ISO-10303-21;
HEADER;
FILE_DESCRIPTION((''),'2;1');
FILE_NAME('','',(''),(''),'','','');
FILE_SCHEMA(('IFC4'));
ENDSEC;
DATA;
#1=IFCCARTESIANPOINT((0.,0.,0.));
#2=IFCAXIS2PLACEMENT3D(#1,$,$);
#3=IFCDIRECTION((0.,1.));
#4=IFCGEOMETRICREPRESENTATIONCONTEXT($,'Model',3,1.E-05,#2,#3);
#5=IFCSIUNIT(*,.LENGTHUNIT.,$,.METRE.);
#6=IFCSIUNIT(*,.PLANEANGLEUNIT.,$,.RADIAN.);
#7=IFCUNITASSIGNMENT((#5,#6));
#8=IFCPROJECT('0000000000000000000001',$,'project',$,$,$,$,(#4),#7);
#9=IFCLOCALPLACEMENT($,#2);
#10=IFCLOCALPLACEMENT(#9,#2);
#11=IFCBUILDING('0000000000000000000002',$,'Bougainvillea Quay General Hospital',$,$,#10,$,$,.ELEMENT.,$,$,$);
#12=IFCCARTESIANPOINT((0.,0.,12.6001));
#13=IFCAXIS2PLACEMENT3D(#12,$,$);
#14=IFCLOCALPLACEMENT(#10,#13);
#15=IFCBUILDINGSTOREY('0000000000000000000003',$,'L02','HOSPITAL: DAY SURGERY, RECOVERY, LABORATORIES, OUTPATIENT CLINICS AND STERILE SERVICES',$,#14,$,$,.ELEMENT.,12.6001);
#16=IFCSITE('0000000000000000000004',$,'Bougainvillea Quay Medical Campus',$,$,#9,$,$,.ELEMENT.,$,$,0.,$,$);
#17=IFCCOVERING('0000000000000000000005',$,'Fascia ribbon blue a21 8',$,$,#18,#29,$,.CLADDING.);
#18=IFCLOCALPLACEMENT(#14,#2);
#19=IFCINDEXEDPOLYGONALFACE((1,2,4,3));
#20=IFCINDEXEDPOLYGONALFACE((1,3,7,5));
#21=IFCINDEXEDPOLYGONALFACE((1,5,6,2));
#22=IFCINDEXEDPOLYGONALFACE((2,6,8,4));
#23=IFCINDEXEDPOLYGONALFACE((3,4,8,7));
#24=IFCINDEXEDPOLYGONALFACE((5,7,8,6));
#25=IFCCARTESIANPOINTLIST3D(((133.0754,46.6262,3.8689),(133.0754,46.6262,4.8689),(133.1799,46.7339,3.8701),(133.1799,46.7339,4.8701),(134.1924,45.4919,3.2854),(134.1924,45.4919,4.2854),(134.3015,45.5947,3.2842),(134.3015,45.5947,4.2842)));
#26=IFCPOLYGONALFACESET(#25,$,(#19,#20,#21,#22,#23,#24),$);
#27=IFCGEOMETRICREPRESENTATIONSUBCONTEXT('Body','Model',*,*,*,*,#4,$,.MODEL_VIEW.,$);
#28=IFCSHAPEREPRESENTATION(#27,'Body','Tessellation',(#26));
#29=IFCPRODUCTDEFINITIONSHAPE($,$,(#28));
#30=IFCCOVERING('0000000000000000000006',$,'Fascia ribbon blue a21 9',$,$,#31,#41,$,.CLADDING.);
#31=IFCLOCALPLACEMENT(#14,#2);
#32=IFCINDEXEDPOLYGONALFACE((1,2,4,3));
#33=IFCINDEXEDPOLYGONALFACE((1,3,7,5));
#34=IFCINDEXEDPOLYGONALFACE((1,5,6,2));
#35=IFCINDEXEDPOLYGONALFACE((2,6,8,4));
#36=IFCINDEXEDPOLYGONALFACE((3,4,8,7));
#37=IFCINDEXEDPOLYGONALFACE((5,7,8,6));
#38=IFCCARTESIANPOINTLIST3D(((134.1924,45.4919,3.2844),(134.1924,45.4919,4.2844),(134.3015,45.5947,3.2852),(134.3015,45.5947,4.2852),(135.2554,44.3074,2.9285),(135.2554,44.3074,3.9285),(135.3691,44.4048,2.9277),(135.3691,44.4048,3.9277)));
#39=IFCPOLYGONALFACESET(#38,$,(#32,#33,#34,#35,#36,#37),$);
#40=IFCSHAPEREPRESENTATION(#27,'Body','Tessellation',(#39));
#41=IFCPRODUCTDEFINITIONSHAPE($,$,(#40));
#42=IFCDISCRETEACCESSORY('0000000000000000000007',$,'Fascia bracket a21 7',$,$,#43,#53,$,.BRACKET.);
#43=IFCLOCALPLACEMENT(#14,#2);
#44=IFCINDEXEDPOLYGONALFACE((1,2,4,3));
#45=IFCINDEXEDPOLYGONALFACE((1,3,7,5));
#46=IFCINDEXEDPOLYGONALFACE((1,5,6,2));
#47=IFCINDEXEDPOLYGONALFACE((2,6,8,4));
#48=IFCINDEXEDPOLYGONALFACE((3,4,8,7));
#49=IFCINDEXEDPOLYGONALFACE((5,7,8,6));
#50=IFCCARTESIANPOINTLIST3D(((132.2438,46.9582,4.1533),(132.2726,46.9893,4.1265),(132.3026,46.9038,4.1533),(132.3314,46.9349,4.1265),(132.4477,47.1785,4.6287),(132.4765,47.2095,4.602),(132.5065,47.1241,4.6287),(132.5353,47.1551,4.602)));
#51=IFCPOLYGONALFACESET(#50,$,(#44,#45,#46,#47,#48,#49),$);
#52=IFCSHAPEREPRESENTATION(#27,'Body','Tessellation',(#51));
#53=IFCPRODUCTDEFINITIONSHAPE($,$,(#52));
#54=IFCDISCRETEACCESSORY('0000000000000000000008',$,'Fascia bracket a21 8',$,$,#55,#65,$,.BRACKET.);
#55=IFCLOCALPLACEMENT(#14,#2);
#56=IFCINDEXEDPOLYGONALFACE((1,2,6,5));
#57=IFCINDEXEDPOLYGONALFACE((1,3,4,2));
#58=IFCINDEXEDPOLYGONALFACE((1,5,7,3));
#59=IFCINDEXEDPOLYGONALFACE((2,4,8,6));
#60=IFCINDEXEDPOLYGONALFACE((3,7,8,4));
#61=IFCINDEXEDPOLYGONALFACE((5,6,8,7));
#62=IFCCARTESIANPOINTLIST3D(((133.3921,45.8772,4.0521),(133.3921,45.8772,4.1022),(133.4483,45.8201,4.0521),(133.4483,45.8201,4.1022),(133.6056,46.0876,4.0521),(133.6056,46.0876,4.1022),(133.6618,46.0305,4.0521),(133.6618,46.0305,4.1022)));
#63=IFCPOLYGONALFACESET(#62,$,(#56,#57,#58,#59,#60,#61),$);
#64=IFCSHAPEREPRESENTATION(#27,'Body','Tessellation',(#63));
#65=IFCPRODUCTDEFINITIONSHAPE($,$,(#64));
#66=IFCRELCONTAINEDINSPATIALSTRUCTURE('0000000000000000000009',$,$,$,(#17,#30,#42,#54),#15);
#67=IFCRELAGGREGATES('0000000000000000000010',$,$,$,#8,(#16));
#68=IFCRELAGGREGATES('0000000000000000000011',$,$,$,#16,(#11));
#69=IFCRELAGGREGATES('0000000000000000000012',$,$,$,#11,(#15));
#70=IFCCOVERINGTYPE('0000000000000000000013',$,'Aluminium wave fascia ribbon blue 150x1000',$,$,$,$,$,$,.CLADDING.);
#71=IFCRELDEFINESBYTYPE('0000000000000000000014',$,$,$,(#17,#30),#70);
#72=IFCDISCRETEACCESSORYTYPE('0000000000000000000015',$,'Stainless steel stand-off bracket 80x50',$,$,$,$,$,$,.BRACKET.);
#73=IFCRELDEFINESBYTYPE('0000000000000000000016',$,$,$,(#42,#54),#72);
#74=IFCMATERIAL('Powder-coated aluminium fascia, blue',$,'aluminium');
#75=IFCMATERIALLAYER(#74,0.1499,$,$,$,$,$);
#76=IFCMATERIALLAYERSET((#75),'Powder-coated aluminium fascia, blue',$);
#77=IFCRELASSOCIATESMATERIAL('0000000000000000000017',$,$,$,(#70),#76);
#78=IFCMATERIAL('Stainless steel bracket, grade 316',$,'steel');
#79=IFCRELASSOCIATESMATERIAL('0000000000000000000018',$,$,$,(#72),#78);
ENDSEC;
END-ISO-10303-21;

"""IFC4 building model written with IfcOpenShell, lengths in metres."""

from ifc_helpers import new_model, si_unit, direction, frame, origin, origin_2d, place, context, subcontext, project, spatial, polyline, rectangle, outline, extrude, material, layer, layer_set, material_profile, profile_set, type_object, element, save


model = new_model("IFC4")

# Units and contexts
model_context = context("Model", 3, precision=1e-05, world=origin(), true_north=direction((0.0, 1.0)))
body_context = subcontext(model_context, "Body", "Model", "MODEL_VIEW")
ifc_project = project(units=[si_unit("LENGTHUNIT", "METRE"), si_unit("PLANEANGLEUNIT", "RADIAN")], contexts=[model_context])

# Site, building, storey
site_placement = place(None, origin())
site = spatial("IfcSite", under=ifc_project, at=site_placement, Name="Bougainvillea Quay Medical Campus", CompositionType="ELEMENT", RefElevation=0.0)
building_placement = place(site_placement, origin())
building = spatial("IfcBuilding", under=site, at=building_placement, Name="Bougainvillea Quay General Hospital", CompositionType="ELEMENT")
storey_placement = place(building_placement, frame((0.0, 0.0, 12.6001)))
storey = spatial("IfcBuildingStorey", under=building, at=storey_placement, Name="L02", Description="HOSPITAL: DAY SURGERY, RECOVERY, LABORATORIES, OUTPATIENT CLINICS AND STERILE SERVICES", CompositionType="ELEMENT", Elevation=12.6001)

# Coverings
ifc_material_1 = material(Name="Powder-coated aluminium fascia, blue", Category="aluminium")
ifc_layer_1 = layer(ifc_material_1, 0.1499)
ifc_layer_set_1 = layer_set([ifc_layer_1], Name="Powder-coated aluminium fascia, blue")
covering_type = type_object("IfcCoveringType", Name="Aluminium wave fascia ribbon blue 150x1000", PredefinedType="CLADDING", material=ifc_layer_set_1)
covering_1_placement = place(storey_placement, frame((133.0754, 46.6262, 3.8689), z_axis=(0.241518, -0.24516, 0.938917), x_axis=(0.658783, -0.669007, -0.344143)))
element("IfcCovering", 1, at=covering_1_placement, inside=storey, type_object=covering_type, Name="Fascia ribbon blue a21 8", PredefinedType="CLADDING", context=body_context, shape_type="SweptSolid", body=[
    extrude(outline(polyline([(0.0, 0.0), (1.6955, 0.0), (1.699, 0.1499), (-0.0036, 0.15), (0.0, 0.0)])), origin(), (-0.344143, -0.00007, 0.938917), 1.0),
])
covering_2_placement = place(storey_placement, frame((134.1924, 45.4919, 3.2844), z_axis=(0.145815, -0.162353, 0.975899), x_axis=(0.651783, -0.726332, -0.218222)))
element("IfcCovering", 2, at=covering_2_placement, inside=storey, type_object=covering_type, Name="Fascia ribbon blue a21 9", PredefinedType="CLADDING", context=body_context, shape_type="SweptSolid", body=[
    extrude(outline(polyline([(0.0, 0.0), (1.6309, 0.0), (1.6345, 0.1497), (-0.0037, 0.1499), (0.0, 0.0)])), origin(), (-0.218222, -0.000092, 0.975899), 1.0),
])

# Discrete accessories
ifc_material_2 = material(Name="Stainless steel bracket, grade 316", Category="steel")
ifc_material_profile_1 = material_profile(ifc_material_2, rectangle(XDim=0.0801, YDim=0.05, at=origin_2d()))
ifc_profile_set_1 = profile_set([ifc_material_profile_1], Name="Stainless steel bracket, grade 316")
discrete_accessory_type = type_object("IfcDiscreteAccessoryType", Name="Stainless steel stand-off bracket 80x50", PredefinedType="BRACKET", material=ifc_profile_set_1)
discrete_accessory_1_placement = place(storey_placement, frame((132.2876, 46.9465, 4.1399), z_axis=(0.362645, 0.391743, 0.845592), x_axis=(-0.733836, 0.679327, 0.0)))
element("IfcDiscreteAccessory", 3, at=discrete_accessory_1_placement, inside=storey, type_object=discrete_accessory_type, Name="Fascia bracket a21 7", PredefinedType="BRACKET", context=body_context, shape_type="SweptSolid", body=[
    extrude(rectangle(XDim=0.0801, YDim=0.05, at=origin_2d()), origin(), (0.0, 0.0, 1.0), 0.5623),
])
discrete_accessory_2_placement = place(storey_placement, frame((133.4202, 45.8486, 4.0771), z_axis=(0.712379, 0.701795, 0.0), x_axis=(-0.701795, 0.712379, 0.0)))
element("IfcDiscreteAccessory", 4, at=discrete_accessory_2_placement, inside=storey, type_object=discrete_accessory_type, Name="Fascia bracket a21 8", PredefinedType="BRACKET", context=body_context, shape_type="SweptSolid", body=[
    extrude(rectangle(XDim=0.0801, YDim=0.05, at=origin_2d()), origin(), (0.0, 0.0, 1.0), 0.2998),
])

save(model, "model.ifc")
